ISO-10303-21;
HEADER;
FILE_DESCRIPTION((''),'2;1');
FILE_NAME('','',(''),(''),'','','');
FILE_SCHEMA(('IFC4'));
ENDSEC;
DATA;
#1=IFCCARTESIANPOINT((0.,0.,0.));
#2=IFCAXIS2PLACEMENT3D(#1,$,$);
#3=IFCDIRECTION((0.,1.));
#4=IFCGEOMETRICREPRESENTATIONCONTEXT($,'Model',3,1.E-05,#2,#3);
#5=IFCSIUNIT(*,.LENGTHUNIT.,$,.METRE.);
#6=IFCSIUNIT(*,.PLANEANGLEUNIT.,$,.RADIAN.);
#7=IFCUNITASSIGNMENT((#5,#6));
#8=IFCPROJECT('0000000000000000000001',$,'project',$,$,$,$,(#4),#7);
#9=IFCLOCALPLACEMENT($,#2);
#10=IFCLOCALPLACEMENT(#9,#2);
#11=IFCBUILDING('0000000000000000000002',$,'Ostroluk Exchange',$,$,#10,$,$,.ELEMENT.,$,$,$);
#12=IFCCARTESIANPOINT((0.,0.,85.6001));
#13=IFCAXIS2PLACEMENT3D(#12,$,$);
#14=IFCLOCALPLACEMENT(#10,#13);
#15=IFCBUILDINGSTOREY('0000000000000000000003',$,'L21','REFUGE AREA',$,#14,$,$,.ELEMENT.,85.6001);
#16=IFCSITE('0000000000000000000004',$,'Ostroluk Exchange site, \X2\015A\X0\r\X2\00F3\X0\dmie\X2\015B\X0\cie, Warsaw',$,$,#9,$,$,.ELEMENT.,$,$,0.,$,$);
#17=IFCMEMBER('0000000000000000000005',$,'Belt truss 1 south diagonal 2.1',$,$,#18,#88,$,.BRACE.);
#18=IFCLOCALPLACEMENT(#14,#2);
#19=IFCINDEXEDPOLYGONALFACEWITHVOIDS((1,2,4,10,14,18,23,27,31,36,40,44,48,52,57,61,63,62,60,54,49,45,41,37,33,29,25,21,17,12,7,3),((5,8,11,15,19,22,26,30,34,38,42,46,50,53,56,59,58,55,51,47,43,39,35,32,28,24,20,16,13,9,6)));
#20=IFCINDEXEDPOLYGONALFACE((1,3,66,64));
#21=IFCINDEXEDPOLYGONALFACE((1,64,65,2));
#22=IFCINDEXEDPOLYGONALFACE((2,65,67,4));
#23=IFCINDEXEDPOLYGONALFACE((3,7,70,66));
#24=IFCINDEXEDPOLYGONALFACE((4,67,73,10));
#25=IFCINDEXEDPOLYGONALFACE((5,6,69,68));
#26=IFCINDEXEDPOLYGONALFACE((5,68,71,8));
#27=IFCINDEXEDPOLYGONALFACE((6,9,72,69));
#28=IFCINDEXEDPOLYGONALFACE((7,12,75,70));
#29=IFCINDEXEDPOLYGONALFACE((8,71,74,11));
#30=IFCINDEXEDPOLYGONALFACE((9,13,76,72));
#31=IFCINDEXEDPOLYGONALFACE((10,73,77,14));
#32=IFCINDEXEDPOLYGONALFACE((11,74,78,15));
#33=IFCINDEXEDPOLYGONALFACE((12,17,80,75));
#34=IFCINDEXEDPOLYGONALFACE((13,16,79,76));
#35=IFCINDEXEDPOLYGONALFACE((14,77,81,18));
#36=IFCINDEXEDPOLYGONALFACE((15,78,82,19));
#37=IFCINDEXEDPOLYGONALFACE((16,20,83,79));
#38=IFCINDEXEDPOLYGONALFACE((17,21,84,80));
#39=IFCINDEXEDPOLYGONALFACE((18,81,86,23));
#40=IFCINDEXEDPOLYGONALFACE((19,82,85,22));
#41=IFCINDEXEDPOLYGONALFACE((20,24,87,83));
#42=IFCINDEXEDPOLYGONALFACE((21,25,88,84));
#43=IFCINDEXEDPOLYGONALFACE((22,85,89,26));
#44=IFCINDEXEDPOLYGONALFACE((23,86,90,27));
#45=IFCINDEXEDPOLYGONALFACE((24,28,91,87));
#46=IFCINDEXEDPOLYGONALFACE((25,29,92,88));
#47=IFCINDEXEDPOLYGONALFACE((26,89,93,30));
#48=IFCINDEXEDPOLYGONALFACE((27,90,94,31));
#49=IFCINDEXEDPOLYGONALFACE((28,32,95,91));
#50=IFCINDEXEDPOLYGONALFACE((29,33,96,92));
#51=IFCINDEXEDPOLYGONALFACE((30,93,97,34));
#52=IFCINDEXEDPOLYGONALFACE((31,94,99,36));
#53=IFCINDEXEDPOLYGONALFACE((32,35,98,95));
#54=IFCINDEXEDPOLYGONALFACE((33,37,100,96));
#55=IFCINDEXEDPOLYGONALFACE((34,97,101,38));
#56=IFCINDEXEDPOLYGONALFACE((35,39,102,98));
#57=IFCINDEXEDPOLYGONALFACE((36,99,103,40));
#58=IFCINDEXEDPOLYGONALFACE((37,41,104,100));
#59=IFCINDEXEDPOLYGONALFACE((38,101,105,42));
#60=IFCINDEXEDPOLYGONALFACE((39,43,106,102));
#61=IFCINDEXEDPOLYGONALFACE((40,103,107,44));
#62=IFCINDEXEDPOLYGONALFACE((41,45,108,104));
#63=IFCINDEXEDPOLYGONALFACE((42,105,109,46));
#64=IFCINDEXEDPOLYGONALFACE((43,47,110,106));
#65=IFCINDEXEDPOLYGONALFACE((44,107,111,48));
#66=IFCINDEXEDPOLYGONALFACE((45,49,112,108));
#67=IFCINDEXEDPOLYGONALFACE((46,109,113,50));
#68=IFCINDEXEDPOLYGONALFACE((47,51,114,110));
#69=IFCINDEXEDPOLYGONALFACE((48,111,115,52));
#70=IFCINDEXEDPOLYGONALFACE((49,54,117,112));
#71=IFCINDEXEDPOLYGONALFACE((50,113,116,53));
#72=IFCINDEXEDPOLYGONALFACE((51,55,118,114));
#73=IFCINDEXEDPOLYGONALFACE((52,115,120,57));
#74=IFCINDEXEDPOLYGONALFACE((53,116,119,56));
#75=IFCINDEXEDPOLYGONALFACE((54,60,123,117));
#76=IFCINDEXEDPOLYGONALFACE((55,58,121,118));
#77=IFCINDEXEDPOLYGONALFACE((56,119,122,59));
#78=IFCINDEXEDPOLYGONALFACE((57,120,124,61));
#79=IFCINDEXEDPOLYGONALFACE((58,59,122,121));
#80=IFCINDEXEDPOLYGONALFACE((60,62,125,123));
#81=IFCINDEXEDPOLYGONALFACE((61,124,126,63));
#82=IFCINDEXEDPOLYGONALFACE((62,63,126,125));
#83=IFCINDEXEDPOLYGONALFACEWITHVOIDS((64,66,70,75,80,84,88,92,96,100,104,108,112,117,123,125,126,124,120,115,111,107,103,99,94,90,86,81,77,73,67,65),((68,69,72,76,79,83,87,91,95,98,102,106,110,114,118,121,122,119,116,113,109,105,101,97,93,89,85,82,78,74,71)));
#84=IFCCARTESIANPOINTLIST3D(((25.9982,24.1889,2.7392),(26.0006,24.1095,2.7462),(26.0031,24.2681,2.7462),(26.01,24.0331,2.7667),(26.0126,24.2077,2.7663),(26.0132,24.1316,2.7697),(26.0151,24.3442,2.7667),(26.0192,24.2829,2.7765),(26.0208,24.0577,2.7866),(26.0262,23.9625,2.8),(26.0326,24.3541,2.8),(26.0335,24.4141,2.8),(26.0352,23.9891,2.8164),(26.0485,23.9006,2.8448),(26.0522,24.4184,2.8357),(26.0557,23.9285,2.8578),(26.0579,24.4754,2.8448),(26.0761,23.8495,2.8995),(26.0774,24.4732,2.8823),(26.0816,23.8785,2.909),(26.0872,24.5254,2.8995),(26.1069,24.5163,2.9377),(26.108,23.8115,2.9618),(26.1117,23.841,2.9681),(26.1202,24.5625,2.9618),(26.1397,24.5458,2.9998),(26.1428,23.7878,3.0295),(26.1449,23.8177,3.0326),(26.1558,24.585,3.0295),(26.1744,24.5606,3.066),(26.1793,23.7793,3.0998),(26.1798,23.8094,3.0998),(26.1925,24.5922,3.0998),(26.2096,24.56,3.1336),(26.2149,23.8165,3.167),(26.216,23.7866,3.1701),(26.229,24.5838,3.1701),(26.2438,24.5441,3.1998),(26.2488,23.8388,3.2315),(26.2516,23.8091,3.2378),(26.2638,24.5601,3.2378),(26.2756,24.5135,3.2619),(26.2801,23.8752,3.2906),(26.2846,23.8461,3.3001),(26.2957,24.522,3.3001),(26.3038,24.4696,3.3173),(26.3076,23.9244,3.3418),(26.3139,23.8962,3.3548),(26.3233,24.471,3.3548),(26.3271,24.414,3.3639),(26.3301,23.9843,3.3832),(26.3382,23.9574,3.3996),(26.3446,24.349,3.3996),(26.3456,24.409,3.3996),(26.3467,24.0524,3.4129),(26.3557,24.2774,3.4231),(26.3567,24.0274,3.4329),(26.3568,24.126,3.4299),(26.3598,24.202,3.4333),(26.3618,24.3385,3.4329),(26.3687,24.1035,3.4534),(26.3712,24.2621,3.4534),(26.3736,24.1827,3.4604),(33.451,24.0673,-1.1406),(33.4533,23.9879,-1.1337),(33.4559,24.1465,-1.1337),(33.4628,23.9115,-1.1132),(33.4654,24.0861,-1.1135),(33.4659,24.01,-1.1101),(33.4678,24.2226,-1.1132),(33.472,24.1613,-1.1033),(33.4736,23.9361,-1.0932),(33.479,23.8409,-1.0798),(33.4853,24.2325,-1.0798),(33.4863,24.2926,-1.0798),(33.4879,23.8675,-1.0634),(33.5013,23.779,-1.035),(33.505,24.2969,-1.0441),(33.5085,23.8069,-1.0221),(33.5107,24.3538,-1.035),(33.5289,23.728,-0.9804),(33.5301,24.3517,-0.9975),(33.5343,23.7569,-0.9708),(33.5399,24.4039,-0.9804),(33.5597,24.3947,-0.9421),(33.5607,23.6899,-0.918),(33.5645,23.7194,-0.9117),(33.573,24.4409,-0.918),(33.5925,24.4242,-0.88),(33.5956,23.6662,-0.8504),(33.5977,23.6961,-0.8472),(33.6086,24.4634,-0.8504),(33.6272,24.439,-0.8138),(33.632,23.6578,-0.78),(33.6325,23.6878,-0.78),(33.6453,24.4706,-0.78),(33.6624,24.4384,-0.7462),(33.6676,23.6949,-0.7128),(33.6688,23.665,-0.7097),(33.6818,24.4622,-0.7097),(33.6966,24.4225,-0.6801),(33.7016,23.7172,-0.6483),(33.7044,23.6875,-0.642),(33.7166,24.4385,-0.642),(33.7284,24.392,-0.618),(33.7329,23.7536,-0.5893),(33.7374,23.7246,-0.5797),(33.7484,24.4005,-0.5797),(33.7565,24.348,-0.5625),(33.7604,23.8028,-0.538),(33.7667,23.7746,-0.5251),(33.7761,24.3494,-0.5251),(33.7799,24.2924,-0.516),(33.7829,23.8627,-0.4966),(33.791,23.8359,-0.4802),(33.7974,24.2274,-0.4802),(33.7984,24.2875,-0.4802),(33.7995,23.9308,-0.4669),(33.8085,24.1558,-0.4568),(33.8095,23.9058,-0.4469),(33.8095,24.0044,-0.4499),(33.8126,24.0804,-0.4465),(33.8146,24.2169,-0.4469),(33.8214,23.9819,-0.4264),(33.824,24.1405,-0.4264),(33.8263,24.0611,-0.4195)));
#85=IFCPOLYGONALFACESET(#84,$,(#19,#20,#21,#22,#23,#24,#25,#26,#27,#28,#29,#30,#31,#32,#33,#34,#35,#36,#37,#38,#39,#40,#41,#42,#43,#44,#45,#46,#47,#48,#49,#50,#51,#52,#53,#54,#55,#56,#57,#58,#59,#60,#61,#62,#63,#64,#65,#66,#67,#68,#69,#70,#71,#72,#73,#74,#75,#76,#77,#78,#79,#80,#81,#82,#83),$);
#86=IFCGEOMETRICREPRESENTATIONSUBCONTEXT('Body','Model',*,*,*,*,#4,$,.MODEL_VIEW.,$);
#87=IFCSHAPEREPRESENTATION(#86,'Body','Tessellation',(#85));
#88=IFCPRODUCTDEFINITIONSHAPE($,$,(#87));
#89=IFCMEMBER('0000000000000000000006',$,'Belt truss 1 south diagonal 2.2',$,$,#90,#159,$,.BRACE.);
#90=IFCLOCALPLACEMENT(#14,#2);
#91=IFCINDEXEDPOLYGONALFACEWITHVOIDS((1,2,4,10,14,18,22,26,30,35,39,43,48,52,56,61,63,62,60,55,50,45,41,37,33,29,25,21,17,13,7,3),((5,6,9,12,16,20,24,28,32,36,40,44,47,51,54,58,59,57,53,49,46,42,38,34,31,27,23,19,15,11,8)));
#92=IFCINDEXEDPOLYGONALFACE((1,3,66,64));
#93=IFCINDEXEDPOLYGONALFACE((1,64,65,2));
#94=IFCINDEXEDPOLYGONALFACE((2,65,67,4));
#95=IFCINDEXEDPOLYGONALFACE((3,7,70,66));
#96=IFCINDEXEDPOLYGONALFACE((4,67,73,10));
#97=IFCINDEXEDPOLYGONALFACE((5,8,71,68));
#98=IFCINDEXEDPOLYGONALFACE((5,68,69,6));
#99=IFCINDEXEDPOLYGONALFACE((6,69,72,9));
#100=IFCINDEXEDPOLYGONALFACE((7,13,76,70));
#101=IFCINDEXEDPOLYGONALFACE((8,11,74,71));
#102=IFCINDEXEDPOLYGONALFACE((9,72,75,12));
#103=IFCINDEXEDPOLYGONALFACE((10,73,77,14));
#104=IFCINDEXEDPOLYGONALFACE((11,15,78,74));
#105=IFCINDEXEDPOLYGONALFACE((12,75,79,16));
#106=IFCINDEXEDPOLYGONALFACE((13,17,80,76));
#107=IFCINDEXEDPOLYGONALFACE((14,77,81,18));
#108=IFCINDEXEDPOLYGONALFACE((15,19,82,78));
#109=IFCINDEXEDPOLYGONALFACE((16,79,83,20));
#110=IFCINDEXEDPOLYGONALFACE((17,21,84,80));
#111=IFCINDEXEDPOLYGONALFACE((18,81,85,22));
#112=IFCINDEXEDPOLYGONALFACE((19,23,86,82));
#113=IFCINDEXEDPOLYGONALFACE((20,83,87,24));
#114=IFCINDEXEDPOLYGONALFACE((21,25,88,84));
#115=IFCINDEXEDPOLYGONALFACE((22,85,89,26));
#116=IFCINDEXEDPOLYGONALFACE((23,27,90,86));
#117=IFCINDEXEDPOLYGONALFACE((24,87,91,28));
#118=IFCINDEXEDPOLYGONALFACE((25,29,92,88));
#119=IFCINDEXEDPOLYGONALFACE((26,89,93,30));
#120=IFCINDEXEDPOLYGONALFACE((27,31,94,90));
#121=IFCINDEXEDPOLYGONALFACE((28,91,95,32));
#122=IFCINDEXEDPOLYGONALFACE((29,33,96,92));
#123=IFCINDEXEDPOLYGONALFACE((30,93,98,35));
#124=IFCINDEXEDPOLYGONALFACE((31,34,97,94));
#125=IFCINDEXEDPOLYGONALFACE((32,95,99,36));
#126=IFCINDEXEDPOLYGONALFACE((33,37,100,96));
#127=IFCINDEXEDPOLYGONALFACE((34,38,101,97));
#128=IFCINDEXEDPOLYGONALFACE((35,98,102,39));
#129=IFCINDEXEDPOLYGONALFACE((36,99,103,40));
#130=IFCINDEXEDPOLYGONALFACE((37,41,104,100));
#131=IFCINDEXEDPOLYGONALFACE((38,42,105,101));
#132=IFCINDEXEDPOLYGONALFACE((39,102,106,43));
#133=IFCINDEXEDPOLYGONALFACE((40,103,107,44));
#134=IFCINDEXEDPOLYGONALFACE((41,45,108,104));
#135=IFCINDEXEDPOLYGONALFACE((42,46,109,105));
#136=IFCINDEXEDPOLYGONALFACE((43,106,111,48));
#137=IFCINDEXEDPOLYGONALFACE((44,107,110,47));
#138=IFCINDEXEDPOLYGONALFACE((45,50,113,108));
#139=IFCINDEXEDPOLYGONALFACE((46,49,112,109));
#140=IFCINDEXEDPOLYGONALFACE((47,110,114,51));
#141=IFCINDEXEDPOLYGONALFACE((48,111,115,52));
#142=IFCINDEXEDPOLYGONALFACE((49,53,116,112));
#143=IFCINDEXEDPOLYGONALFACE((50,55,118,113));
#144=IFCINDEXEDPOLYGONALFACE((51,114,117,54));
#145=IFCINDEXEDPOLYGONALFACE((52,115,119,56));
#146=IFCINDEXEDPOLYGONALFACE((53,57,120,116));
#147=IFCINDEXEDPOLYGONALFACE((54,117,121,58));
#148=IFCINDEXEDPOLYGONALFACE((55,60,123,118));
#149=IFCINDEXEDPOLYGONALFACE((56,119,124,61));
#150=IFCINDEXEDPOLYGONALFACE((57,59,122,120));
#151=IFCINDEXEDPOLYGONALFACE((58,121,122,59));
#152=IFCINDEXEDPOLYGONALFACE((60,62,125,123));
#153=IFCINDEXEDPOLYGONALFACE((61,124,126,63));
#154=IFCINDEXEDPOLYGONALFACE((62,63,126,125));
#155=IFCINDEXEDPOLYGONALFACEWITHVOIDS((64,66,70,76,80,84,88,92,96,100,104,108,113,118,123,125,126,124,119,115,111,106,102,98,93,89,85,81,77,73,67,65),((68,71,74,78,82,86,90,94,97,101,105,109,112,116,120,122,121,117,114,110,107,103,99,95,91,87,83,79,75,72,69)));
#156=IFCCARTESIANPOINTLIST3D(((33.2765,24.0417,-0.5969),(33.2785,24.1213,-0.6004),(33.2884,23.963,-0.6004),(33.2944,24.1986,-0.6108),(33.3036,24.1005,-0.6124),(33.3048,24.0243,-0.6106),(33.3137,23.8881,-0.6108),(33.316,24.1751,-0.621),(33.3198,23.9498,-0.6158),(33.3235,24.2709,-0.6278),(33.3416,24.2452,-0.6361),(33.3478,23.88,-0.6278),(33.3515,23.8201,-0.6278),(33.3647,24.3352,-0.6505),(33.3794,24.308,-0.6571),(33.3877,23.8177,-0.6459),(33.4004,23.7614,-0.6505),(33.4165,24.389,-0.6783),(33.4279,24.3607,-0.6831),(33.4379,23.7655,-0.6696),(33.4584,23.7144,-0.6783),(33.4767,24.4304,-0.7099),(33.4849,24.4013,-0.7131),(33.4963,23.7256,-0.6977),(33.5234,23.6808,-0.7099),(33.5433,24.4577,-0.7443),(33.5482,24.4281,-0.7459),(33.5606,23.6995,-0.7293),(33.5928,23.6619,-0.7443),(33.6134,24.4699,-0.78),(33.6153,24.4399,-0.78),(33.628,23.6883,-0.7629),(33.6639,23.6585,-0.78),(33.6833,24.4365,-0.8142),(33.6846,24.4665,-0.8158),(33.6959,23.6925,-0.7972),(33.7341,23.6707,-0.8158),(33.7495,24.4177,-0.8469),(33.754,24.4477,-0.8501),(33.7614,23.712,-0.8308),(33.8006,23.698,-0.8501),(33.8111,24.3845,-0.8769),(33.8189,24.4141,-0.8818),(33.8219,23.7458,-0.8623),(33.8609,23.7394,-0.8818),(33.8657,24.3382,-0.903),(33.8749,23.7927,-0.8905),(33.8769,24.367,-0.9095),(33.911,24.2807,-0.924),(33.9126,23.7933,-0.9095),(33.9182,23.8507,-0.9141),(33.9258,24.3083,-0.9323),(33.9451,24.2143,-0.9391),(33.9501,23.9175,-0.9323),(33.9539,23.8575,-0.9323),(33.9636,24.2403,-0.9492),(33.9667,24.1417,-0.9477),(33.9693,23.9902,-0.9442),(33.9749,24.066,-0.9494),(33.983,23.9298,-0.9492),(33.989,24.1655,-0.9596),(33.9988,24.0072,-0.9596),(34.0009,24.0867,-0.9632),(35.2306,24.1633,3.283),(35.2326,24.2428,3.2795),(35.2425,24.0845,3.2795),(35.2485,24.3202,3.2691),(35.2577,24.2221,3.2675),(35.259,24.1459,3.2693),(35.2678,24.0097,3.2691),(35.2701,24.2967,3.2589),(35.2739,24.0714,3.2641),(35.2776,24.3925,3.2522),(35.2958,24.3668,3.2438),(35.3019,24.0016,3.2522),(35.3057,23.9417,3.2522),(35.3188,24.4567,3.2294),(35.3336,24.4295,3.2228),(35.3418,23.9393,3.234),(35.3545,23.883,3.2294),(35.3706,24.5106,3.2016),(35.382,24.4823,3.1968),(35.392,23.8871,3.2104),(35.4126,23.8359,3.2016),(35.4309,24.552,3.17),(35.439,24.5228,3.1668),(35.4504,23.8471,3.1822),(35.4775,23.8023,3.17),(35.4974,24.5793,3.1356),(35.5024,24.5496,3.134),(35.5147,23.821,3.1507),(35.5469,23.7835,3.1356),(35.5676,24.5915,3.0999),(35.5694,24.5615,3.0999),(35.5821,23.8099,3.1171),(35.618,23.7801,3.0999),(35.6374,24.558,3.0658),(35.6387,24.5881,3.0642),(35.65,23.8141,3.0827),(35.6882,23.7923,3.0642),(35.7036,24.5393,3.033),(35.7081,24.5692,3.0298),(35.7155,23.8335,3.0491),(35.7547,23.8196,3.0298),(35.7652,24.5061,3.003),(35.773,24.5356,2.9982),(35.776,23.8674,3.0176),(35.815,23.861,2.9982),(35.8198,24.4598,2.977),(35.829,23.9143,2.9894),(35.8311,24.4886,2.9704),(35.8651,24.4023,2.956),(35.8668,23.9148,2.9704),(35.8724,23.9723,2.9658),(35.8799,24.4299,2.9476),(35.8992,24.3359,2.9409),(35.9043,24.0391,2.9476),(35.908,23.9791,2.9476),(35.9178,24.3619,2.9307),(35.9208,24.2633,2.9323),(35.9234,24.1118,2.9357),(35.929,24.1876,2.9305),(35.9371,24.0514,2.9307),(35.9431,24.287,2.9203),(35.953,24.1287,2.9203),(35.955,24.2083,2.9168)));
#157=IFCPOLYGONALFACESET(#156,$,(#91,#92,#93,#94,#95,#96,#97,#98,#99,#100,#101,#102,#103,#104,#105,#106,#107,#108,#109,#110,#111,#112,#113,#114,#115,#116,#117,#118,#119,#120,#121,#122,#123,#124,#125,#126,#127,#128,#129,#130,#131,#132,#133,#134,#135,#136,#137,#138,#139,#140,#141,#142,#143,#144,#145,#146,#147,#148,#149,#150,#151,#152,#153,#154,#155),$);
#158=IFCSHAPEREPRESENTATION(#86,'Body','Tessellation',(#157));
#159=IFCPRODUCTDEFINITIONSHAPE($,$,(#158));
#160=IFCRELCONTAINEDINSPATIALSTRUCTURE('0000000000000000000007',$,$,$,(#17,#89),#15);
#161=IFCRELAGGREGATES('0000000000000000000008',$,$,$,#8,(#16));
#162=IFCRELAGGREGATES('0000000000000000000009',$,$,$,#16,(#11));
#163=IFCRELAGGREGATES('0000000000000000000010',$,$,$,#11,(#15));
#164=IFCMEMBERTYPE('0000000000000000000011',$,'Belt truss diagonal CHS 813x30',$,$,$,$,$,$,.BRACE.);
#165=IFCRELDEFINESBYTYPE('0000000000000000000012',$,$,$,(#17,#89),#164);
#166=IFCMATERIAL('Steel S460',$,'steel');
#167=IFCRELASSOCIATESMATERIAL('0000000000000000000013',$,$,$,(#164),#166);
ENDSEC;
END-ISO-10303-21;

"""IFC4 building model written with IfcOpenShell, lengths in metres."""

from ifc_helpers import new_model, si_unit, direction, frame, origin, origin_2d, place, context, subcontext, project, spatial, hollow_circle, extrude, material, material_profile, profile_set, type_object, element, save


model = new_model("IFC4")

# Units and contexts
model_context = context("Model", 3, precision=1e-05, world=origin(), true_north=direction((0.0, 1.0)))
body_context = subcontext(model_context, "Body", "Model", "MODEL_VIEW")
ifc_project = project(units=[si_unit("LENGTHUNIT", "METRE"), si_unit("PLANEANGLEUNIT", "RADIAN")], contexts=[model_context])

# Site, building, storey
site_placement = place(None, origin())
site = spatial("IfcSite", under=ifc_project, at=site_placement, Name="Ostroluk Exchange site, Śródmieście, Warsaw", CompositionType="ELEMENT", RefElevation=0.0)
building_placement = place(site_placement, origin())
building = spatial("IfcBuilding", under=site, at=building_placement, Name="Ostroluk Exchange", CompositionType="ELEMENT")
storey_placement = place(building_placement, frame((0.0, 0.0, 85.6001)))
storey = spatial("IfcBuildingStorey", under=building, at=storey_placement, Name="L21", Description="REFUGE AREA", CompositionType="ELEMENT", Elevation=85.6001)

# Members
ifc_material_1 = material(Name="Steel S460", Category="steel")
ifc_material_profile_1 = material_profile(ifc_material_1, hollow_circle(Radius=0.4065, WallThickness=0.03, at=origin_2d()), Name="CHS 813x30")
ifc_profile_set_1 = profile_set([ifc_material_profile_1], Name="Steel S460")
member_type_1 = type_object("IfcMemberType", Name="Belt truss diagonal CHS 813x30", PredefinedType="BRACE", material=ifc_profile_set_1)
member_1_placement = place(storey_placement, frame((33.6387, 24.0642, -0.78), z_axis=(-0.88691, 0.014469, 0.461715), x_axis=(-0.016311, -0.999867, 0.0)))
element("IfcMember", 1, at=member_1_placement, inside=storey, type_object=member_type_1, Name="Belt truss 1 south diagonal 2.1", PredefinedType="BRACE", context=body_context, shape_type="SweptSolid", body=[
    extrude(hollow_circle(Radius=0.4065, WallThickness=0.03, at=origin_2d()), origin(), (0.0, 0.0, 1.0), 8.4031),
])
member_2_placement = place(storey_placement, frame((33.6387, 24.0642, -0.78), z_axis=(0.449643, 0.027976, 0.89277), x_axis=(-0.062099, 0.99807, 0.0)))
element("IfcMember", 2, at=member_2_placement, inside=storey, type_object=member_type_1, Name="Belt truss 1 south diagonal 2.2", PredefinedType="BRACE", context=body_context, shape_type="SweptSolid", body=[
    extrude(hollow_circle(Radius=0.4065, WallThickness=0.03, at=origin_2d()), origin(), (0.0, 0.0, 1.0), 4.3459),
])

save(model, "model.ifc")
